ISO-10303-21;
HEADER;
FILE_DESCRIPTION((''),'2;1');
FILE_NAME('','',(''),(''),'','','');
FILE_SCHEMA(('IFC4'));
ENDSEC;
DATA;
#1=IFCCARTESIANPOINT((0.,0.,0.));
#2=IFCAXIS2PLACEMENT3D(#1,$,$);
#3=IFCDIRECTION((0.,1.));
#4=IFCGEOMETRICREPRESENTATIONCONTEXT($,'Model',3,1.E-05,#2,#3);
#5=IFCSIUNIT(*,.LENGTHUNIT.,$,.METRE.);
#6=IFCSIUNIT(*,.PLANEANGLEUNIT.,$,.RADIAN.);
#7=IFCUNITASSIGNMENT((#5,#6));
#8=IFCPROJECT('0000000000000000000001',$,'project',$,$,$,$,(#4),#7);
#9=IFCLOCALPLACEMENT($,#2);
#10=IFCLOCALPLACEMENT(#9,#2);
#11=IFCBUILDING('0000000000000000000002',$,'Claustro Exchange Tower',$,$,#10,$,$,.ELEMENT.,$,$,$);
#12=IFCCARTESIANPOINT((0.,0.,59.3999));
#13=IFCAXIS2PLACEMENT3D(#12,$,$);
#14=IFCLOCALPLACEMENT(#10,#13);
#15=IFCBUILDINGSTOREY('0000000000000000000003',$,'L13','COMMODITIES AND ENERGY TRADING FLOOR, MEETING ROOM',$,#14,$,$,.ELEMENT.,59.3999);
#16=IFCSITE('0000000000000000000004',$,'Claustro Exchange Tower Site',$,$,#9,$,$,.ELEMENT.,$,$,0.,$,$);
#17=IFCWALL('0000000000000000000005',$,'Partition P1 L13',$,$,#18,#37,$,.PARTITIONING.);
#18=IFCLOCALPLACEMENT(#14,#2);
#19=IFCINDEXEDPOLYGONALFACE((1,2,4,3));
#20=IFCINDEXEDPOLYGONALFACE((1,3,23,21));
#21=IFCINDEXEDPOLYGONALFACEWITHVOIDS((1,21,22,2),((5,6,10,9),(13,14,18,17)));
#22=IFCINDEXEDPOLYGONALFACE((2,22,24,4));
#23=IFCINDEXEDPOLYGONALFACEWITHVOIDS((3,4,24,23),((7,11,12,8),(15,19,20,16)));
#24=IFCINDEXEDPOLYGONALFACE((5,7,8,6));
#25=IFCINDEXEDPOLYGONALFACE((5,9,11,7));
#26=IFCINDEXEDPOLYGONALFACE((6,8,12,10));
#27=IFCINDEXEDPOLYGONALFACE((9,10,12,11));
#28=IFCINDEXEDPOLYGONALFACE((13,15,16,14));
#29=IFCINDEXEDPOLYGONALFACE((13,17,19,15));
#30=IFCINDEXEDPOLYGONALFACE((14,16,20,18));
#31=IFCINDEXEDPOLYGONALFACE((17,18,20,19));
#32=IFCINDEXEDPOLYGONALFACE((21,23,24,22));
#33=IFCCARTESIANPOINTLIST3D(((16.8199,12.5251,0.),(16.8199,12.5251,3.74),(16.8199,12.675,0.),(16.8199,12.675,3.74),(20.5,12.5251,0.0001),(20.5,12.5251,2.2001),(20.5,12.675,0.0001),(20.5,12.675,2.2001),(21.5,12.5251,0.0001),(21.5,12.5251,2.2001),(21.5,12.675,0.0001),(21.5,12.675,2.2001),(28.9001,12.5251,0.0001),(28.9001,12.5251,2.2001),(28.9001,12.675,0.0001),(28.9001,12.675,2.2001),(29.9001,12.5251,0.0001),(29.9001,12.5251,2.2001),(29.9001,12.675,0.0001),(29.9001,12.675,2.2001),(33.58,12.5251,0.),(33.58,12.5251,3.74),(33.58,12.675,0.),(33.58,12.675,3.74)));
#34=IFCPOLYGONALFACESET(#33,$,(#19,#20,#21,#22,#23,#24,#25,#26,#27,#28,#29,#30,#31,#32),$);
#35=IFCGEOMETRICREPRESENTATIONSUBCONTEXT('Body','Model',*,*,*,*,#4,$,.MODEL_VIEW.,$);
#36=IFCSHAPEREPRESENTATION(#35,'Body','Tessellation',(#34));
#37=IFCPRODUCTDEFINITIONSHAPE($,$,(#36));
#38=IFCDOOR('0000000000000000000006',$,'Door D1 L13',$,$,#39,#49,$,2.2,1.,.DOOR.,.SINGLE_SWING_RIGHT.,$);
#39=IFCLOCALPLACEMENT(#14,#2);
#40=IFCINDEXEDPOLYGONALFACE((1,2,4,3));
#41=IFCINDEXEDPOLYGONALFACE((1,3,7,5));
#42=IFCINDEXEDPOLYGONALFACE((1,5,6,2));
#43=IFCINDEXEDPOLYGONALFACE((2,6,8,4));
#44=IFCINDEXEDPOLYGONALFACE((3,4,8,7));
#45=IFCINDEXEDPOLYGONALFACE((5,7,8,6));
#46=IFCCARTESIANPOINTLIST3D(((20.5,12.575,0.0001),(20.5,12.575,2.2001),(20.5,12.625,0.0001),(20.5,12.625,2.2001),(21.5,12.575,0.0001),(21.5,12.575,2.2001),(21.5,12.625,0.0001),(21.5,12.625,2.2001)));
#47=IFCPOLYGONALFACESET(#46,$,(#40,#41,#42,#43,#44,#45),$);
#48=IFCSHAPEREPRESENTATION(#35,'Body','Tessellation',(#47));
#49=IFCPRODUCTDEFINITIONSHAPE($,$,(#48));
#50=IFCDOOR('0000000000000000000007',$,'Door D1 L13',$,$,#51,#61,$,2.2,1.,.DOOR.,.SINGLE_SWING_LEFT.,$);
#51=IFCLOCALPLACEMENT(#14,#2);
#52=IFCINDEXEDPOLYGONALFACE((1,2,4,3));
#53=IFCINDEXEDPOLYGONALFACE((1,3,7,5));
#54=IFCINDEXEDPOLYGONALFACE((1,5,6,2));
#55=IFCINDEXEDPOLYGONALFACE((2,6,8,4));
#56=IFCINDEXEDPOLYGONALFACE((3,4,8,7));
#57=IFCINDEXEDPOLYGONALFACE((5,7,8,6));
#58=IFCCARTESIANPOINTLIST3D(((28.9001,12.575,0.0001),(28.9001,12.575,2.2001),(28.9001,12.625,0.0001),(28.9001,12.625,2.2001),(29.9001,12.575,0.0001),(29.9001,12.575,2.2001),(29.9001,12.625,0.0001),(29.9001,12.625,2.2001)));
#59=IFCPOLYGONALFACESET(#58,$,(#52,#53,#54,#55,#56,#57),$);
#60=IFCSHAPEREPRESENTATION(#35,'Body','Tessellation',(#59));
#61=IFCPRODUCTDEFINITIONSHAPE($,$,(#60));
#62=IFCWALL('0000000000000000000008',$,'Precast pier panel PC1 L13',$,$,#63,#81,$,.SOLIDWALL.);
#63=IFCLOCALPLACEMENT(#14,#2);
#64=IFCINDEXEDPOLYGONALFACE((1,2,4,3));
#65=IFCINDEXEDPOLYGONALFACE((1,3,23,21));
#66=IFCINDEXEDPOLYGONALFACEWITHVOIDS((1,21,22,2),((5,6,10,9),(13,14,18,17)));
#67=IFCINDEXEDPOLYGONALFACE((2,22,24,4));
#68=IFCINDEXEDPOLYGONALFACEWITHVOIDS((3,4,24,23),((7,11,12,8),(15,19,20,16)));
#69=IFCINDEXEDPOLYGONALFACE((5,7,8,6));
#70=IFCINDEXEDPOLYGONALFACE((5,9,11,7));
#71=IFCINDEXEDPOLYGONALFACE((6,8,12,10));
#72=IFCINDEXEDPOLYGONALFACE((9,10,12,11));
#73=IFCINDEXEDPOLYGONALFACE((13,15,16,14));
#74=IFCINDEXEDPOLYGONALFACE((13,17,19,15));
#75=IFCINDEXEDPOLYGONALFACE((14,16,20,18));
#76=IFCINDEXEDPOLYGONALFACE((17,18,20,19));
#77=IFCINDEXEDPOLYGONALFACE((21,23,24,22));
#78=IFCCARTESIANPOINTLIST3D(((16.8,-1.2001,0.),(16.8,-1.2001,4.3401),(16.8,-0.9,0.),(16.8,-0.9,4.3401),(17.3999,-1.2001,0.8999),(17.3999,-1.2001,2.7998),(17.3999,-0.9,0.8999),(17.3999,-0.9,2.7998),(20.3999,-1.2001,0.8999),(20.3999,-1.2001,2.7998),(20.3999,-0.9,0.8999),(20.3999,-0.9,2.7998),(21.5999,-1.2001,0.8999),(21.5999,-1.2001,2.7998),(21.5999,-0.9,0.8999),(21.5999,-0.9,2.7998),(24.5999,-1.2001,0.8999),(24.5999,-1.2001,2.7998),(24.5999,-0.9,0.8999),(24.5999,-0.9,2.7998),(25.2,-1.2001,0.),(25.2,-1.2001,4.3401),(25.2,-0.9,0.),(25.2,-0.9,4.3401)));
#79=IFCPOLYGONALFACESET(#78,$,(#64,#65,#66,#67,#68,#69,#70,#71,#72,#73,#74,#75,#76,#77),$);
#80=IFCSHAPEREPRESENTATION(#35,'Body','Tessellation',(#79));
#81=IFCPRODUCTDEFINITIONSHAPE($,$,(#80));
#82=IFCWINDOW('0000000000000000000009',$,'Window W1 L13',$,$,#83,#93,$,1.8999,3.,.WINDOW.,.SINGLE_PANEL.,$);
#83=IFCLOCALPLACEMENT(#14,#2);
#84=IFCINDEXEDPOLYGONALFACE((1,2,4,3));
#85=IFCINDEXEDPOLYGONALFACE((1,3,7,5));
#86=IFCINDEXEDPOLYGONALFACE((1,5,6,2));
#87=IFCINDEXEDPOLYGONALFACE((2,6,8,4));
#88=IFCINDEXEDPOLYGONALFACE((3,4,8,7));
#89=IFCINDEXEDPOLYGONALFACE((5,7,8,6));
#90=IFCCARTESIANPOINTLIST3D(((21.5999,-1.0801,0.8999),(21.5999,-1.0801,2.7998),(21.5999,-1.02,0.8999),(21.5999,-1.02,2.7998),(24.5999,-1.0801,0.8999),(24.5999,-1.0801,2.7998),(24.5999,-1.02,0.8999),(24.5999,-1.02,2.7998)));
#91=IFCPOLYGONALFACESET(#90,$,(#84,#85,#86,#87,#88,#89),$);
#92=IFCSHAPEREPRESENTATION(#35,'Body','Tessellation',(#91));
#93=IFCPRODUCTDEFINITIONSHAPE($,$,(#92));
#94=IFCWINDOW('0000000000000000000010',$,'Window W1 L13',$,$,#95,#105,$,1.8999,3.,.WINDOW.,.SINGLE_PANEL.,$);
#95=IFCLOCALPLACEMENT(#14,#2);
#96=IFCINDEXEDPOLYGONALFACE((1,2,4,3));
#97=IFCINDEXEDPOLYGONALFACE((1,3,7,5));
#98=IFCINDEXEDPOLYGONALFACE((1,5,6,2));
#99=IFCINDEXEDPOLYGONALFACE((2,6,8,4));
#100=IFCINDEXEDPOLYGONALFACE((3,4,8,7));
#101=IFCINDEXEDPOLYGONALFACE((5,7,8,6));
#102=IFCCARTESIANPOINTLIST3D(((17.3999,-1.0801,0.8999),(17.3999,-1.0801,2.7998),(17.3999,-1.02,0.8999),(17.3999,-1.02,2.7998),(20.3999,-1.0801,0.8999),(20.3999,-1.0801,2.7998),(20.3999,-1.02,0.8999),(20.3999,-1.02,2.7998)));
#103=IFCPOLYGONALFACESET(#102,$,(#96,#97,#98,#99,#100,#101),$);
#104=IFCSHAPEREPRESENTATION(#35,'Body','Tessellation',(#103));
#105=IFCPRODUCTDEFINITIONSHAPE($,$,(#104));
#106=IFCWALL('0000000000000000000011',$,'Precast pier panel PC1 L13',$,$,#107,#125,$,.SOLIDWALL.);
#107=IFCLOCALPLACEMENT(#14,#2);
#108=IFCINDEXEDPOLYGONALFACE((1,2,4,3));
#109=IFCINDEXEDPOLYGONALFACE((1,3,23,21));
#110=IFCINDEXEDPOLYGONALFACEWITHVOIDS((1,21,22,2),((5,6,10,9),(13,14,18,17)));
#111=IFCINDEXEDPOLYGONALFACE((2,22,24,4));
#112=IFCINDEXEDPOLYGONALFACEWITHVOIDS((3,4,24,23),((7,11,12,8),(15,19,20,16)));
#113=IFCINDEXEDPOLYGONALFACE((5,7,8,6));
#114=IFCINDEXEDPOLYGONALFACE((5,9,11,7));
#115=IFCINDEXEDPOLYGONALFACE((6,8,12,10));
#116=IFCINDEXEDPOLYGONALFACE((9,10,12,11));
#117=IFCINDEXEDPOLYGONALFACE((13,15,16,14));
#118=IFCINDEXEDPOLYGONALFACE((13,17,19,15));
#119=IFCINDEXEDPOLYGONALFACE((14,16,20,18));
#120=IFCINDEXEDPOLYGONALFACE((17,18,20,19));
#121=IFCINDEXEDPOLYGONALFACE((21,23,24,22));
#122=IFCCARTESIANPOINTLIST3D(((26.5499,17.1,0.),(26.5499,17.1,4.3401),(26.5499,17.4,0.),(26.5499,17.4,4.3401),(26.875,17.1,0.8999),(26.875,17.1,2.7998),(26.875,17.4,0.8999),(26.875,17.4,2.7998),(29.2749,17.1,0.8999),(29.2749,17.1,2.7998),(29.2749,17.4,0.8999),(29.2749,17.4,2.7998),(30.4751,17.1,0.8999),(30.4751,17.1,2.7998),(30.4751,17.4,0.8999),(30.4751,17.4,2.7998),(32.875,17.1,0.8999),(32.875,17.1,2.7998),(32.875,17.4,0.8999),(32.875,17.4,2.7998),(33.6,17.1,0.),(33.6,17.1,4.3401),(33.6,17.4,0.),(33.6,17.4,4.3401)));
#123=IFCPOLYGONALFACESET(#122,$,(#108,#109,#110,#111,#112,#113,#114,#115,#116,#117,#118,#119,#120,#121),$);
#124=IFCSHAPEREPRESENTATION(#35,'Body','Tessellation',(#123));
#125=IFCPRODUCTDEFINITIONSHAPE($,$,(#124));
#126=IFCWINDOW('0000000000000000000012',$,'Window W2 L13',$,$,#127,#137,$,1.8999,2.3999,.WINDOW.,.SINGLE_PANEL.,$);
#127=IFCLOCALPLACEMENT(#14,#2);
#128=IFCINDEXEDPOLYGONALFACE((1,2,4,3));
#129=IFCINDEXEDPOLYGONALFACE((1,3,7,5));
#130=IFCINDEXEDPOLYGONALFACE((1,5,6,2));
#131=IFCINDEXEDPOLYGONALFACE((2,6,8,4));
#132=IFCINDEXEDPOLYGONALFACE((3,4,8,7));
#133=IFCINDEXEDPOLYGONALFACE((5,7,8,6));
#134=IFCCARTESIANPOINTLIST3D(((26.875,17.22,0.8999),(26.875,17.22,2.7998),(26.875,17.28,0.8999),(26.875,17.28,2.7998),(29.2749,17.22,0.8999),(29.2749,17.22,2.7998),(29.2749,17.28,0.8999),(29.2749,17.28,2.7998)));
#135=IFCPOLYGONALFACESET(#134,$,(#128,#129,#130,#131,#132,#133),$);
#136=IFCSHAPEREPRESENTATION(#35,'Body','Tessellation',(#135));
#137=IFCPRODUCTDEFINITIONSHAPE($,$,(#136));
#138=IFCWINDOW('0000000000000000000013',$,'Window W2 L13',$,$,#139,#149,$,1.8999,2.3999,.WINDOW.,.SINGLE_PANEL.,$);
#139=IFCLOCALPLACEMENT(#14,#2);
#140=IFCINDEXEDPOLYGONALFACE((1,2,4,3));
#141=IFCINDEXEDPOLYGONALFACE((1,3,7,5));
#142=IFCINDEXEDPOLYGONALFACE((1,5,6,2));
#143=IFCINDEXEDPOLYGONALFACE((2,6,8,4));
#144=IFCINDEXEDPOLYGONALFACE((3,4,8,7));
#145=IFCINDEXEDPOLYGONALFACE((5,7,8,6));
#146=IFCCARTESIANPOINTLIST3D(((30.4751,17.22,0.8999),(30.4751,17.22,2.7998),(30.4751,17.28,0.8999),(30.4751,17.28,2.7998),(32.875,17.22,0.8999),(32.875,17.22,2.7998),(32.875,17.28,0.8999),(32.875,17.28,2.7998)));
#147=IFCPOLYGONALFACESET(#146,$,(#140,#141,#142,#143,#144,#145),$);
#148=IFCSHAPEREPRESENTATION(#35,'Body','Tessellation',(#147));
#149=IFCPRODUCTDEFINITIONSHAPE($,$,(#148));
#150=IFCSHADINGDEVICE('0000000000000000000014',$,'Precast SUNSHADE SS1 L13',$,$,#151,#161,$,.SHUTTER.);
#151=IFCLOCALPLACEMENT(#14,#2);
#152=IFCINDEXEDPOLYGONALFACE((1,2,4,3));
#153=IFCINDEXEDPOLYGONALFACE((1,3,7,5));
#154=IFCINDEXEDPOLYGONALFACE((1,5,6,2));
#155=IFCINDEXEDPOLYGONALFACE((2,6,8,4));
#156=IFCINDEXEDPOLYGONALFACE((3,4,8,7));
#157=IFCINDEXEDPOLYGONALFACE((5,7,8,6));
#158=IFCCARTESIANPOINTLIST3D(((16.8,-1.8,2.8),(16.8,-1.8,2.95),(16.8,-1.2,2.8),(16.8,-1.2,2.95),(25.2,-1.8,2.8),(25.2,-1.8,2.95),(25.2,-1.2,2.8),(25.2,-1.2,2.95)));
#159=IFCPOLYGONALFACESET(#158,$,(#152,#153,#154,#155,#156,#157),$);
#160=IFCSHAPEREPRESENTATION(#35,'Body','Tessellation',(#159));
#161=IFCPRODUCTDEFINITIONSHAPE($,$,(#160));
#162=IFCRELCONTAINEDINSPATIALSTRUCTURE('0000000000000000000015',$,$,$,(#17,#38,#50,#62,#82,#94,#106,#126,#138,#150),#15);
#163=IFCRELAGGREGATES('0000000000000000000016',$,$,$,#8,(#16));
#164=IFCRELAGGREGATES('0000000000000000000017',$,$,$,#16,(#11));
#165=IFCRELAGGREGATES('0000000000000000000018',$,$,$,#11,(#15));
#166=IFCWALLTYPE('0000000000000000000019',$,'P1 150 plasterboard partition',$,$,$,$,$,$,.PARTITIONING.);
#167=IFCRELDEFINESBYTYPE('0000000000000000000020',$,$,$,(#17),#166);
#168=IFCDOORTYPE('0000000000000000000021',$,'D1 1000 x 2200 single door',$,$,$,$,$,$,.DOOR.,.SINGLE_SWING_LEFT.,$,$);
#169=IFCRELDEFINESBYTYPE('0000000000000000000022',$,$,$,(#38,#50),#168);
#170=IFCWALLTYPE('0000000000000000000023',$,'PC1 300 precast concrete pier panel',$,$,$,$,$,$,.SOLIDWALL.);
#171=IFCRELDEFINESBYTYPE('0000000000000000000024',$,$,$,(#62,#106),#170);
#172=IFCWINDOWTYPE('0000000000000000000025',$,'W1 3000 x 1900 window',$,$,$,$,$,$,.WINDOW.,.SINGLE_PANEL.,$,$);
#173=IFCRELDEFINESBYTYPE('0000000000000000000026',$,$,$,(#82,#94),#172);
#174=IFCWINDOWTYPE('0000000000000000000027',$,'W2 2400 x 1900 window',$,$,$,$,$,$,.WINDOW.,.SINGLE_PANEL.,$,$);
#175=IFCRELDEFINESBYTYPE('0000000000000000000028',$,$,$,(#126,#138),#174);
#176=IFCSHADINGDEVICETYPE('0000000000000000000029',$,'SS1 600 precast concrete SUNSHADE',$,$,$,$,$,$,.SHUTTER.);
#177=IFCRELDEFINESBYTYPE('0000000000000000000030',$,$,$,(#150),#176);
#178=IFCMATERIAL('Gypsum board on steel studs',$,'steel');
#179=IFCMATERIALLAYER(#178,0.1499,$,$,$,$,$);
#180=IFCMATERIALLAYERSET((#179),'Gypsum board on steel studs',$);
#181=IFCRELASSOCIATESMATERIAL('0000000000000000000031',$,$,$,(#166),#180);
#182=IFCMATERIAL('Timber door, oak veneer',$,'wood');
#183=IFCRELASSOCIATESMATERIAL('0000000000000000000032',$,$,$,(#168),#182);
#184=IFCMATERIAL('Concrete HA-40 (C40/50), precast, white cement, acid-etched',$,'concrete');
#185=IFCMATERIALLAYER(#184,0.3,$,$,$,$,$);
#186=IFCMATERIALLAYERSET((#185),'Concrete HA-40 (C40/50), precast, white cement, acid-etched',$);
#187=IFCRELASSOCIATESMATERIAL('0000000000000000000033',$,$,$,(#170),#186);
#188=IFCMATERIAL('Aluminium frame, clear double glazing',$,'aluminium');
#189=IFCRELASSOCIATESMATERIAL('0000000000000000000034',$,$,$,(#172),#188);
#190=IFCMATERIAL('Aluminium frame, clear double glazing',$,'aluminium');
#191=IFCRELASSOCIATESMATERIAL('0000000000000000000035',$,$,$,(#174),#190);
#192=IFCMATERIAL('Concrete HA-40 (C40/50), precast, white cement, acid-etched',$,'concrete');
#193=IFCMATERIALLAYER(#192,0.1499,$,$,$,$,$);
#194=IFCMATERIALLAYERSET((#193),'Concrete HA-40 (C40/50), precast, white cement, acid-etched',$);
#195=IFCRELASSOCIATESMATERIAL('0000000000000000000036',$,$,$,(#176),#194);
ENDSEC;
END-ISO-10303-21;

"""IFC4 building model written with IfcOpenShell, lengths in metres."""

from ifc_helpers import new_model, si_unit, direction, frame, frame_2d, origin, origin_2d, place, context, subcontext, project, spatial, rectangle, extrude, material, layer, layer_set, type_object, element, fill, save


model = new_model("IFC4")

# Units and contexts
model_context = context("Model", 3, precision=1e-05, world=origin(), true_north=direction((0.0, 1.0)))
body_context = subcontext(model_context, "Body", "Model", "MODEL_VIEW")
ifc_project = project(units=[si_unit("LENGTHUNIT", "METRE"), si_unit("PLANEANGLEUNIT", "RADIAN")], contexts=[model_context])

# Site, building, storey
site_placement = place(None, origin())
site = spatial("IfcSite", under=ifc_project, at=site_placement, Name="Claustro Exchange Tower Site", CompositionType="ELEMENT", RefElevation=0.0)
building_placement = place(site_placement, origin())
building = spatial("IfcBuilding", under=site, at=building_placement, Name="Claustro Exchange Tower", CompositionType="ELEMENT")
storey_placement = place(building_placement, frame((0.0, 0.0, 59.3999)))
storey = spatial("IfcBuildingStorey", under=building, at=storey_placement, Name="L13", Description="COMMODITIES AND ENERGY TRADING FLOOR, MEETING ROOM", CompositionType="ELEMENT", Elevation=59.3999)

# Shared definitions
ifc_material_1 = material(Name="Gypsum board on steel studs", Category="steel")
ifc_layer_1 = layer(ifc_material_1, 0.1499)
ifc_layer_set_1 = layer_set([ifc_layer_1], Name="Gypsum board on steel studs")
wall_type_1 = type_object("IfcWallType", Name="P1 150 plasterboard partition", PredefinedType="PARTITIONING", material=ifc_layer_set_1)

# Wall, openings, doors
wall_1_placement = place(storey_placement, frame((16.8201, 12.6001, 0.0), z_axis=(0.0, 0.0, 1.0), x_axis=(1.0, 0.0, 0.0)))
wall_1 = element("IfcWall", 1, at=wall_1_placement, inside=storey, type_object=wall_type_1, Name="Partition P1 L13", PredefinedType="PARTITIONING", context=body_context, shape_type="SweptSolid", body=[
    extrude(rectangle(XDim=16.76, YDim=0.1499, at=frame_2d((8.3799, 0.0))), origin(), (0.0, 0.0, 1.0), 3.74),
])
opening_1_placement = place(wall_1_placement, frame((3.6799, 0.0, 0.0)))
opening_1 = element("IfcOpeningElement", 2, at=opening_1_placement, cuts=wall_1, PredefinedType="OPENING", context=body_context, shape_type="SweptSolid", body=[
    extrude(rectangle(XDim=1.0, YDim=2.2, at=frame_2d((0.5, 1.1001))), frame((0.0, 0.085, 0.0), z_axis=(0.0, -1.0, 0.0), x_axis=(1.0, 0.0, 0.0)), (0.0, 0.0, 1.0), 0.1699),
])
opening_2_placement = place(wall_1_placement, frame((12.0801, 0.0, 0.0)))
opening_2 = element("IfcOpeningElement", 3, at=opening_2_placement, cuts=wall_1, PredefinedType="OPENING", context=body_context, shape_type="SweptSolid", body=[
    extrude(rectangle(XDim=1.0, YDim=2.2, at=frame_2d((0.5, 1.1001))), frame((0.0, 0.085, 0.0), z_axis=(0.0, -1.0, 0.0), x_axis=(1.0, 0.0, 0.0)), (0.0, 0.0, 1.0), 0.1699),
])
ifc_material_2 = material(Name="Timber door, oak veneer", Category="wood")
door_type = type_object("IfcDoorType", Name="D1 1000 x 2200 single door", OperationType="SINGLE_SWING_LEFT", PredefinedType="DOOR", material=ifc_material_2)
door_1_placement = place(opening_1_placement, origin())
door_1 = element("IfcDoor", 4, at=door_1_placement, inside=storey, type_object=door_type, Name="Door D1 L13", OperationType="SINGLE_SWING_RIGHT", OverallHeight=2.2, OverallWidth=1.0, PredefinedType="DOOR", context=body_context, shape_type="SweptSolid", body=[
    extrude(rectangle(XDim=1.0, YDim=2.2, at=frame_2d((0.5, 1.1001))), frame((0.0, 0.0249, 0.0), z_axis=(0.0, -1.0, 0.0), x_axis=(1.0, 0.0, 0.0)), (0.0, 0.0, 1.0), 0.05),
])
fill(opening_1, door_1)
door_2_placement = place(opening_2_placement, origin())
door_2 = element("IfcDoor", 5, at=door_2_placement, inside=storey, type_object=door_type, Name="Door D1 L13", OperationType="SINGLE_SWING_LEFT", OverallHeight=2.2, OverallWidth=1.0, PredefinedType="DOOR", context=body_context, shape_type="SweptSolid", body=[
    extrude(rectangle(XDim=1.0, YDim=2.2, at=frame_2d((0.5, 1.1001))), frame((0.0, 0.0249, 0.0), z_axis=(0.0, -1.0, 0.0), x_axis=(1.0, 0.0, 0.0)), (0.0, 0.0, 1.0), 0.05),
])
fill(opening_2, door_2)

# Walls, openings, windows
ifc_material_3 = material(Name="Concrete HA-40 (C40/50), precast, white cement, acid-etched", Category="concrete")
ifc_layer_2 = layer(ifc_material_3, 0.3)
ifc_layer_set_2 = layer_set([ifc_layer_2], Name="Concrete HA-40 (C40/50), precast, white cement, acid-etched")
wall_type_2 = type_object("IfcWallType", Name="PC1 300 precast concrete pier panel", PredefinedType="SOLIDWALL", material=ifc_layer_set_2)
wall_2_placement = place(storey_placement, frame((25.2, -1.05, 0.0), z_axis=(0.0, 0.0, 1.0), x_axis=(-1.0, 0.0, 0.0)))
wall_2 = element("IfcWall", 6, at=wall_2_placement, inside=storey, type_object=wall_type_2, Name="Precast pier panel PC1 L13", PredefinedType="SOLIDWALL", context=body_context, shape_type="SweptSolid", body=[
    extrude(rectangle(XDim=8.3999, YDim=0.3, at=frame_2d((4.2, 0.0))), origin(), (0.0, 0.0, 1.0), 4.3401),
])
opening_3_placement = place(wall_2_placement, frame((0.6001, 0.0, 0.8999)))
opening_3 = element("IfcOpeningElement", 7, at=opening_3_placement, cuts=wall_2, PredefinedType="OPENING", context=body_context, shape_type="SweptSolid", body=[
    extrude(rectangle(XDim=3.0, YDim=1.8999, at=frame_2d((1.5, 0.95))), frame((0.0, 0.1599, 0.0), z_axis=(0.0, -1.0, 0.0), x_axis=(1.0, 0.0, 0.0)), (0.0, 0.0, 1.0), 0.3201),
])
opening_4_placement = place(wall_2_placement, frame((4.8, 0.0, 0.8999)))
opening_4 = element("IfcOpeningElement", 8, at=opening_4_placement, cuts=wall_2, PredefinedType="OPENING", context=body_context, shape_type="SweptSolid", body=[
    extrude(rectangle(XDim=3.0, YDim=1.8999, at=frame_2d((1.5, 0.95))), frame((0.0, 0.1599, 0.0), z_axis=(0.0, -1.0, 0.0), x_axis=(1.0, 0.0, 0.0)), (0.0, 0.0, 1.0), 0.3201),
])
ifc_material_4 = material(Name="Aluminium frame, clear double glazing", Category="aluminium")
window_type_1 = type_object("IfcWindowType", Name="W1 3000 x 1900 window", PartitioningType="SINGLE_PANEL", PredefinedType="WINDOW", material=ifc_material_4)
window_1_placement = place(opening_3_placement, origin())
window_1 = element("IfcWindow", 9, at=window_1_placement, inside=storey, type_object=window_type_1, Name="Window W1 L13", OverallHeight=1.8999, OverallWidth=3.0, PartitioningType="SINGLE_PANEL", PredefinedType="WINDOW", context=body_context, shape_type="SweptSolid", body=[
    extrude(rectangle(XDim=3.0, YDim=1.8999, at=frame_2d((1.5, 0.95))), frame((0.0, 0.03, 0.0), z_axis=(0.0, -1.0, 0.0), x_axis=(1.0, 0.0, 0.0)), (0.0, 0.0, 1.0), 0.0601),
])
fill(opening_3, window_1)
window_2_placement = place(opening_4_placement, origin())
window_2 = element("IfcWindow", 10, at=window_2_placement, inside=storey, type_object=window_type_1, Name="Window W1 L13", OverallHeight=1.8999, OverallWidth=3.0, PartitioningType="SINGLE_PANEL", PredefinedType="WINDOW", context=body_context, shape_type="SweptSolid", body=[
    extrude(rectangle(XDim=3.0, YDim=1.8999, at=frame_2d((1.5, 0.95))), frame((0.0, 0.03, 0.0), z_axis=(0.0, -1.0, 0.0), x_axis=(1.0, 0.0, 0.0)), (0.0, 0.0, 1.0), 0.0601),
])
fill(opening_4, window_2)
wall_3_placement = place(storey_placement, frame((26.55, 17.25, 0.0), z_axis=(0.0, 0.0, 1.0), x_axis=(1.0, 0.0, 0.0)))
wall_3 = element("IfcWall", 11, at=wall_3_placement, inside=storey, type_object=wall_type_2, Name="Precast pier panel PC1 L13", PredefinedType="SOLIDWALL", context=body_context, shape_type="SweptSolid", body=[
    extrude(rectangle(XDim=7.05, YDim=0.3, at=frame_2d((3.5249, 0.0))), origin(), (0.0, 0.0, 1.0), 4.3401),
])
opening_5_placement = place(wall_3_placement, frame((0.325, 0.0, 0.8999)))
opening_5 = element("IfcOpeningElement", 12, at=opening_5_placement, cuts=wall_3, PredefinedType="OPENING", context=body_context, shape_type="SweptSolid", body=[
    extrude(rectangle(XDim=2.3999, YDim=1.8999, at=frame_2d((1.2, 0.95))), frame((0.0, 0.1599, 0.0), z_axis=(0.0, -1.0, 0.0), x_axis=(1.0, 0.0, 0.0)), (0.0, 0.0, 1.0), 0.3201),
])
opening_6_placement = place(wall_3_placement, frame((3.925, 0.0, 0.8999)))
opening_6 = element("IfcOpeningElement", 13, at=opening_6_placement, cuts=wall_3, PredefinedType="OPENING", context=body_context, shape_type="SweptSolid", body=[
    extrude(rectangle(XDim=2.3999, YDim=1.8999, at=frame_2d((1.2, 0.95))), frame((0.0, 0.1599, 0.0), z_axis=(0.0, -1.0, 0.0), x_axis=(1.0, 0.0, 0.0)), (0.0, 0.0, 1.0), 0.3201),
])
ifc_material_5 = material(Name="Aluminium frame, clear double glazing", Category="aluminium")
window_type_2 = type_object("IfcWindowType", Name="W2 2400 x 1900 window", PartitioningType="SINGLE_PANEL", PredefinedType="WINDOW", material=ifc_material_5)
window_3_placement = place(opening_5_placement, origin())
window_3 = element("IfcWindow", 14, at=window_3_placement, inside=storey, type_object=window_type_2, Name="Window W2 L13", OverallHeight=1.8999, OverallWidth=2.3999, PartitioningType="SINGLE_PANEL", PredefinedType="WINDOW", context=body_context, shape_type="SweptSolid", body=[
    extrude(rectangle(XDim=2.3999, YDim=1.8999, at=frame_2d((1.2, 0.95))), frame((0.0, 0.03, 0.0), z_axis=(0.0, -1.0, 0.0), x_axis=(1.0, 0.0, 0.0)), (0.0, 0.0, 1.0), 0.0601),
])
fill(opening_5, window_3)
window_4_placement = place(opening_6_placement, origin())
window_4 = element("IfcWindow", 15, at=window_4_placement, inside=storey, type_object=window_type_2, Name="Window W2 L13", OverallHeight=1.8999, OverallWidth=2.3999, PartitioningType="SINGLE_PANEL", PredefinedType="WINDOW", context=body_context, shape_type="SweptSolid", body=[
    extrude(rectangle(XDim=2.3999, YDim=1.8999, at=frame_2d((1.2, 0.95))), frame((0.0, 0.03, 0.0), z_axis=(0.0, -1.0, 0.0), x_axis=(1.0, 0.0, 0.0)), (0.0, 0.0, 1.0), 0.0601),
])
fill(opening_6, window_4)

# Shading device
ifc_material_6 = material(Name="Concrete HA-40 (C40/50), precast, white cement, acid-etched", Category="concrete")
ifc_layer_3 = layer(ifc_material_6, 0.1499)
ifc_layer_set_3 = layer_set([ifc_layer_3], Name="Concrete HA-40 (C40/50), precast, white cement, acid-etched")
shading_device_type = type_object("IfcShadingDeviceType", Name="SS1 600 precast concrete SUNSHADE", PredefinedType="SHUTTER", material=ifc_layer_set_3)
shading_device_placement = place(storey_placement, frame((21.0, -1.5, 2.8), z_axis=(0.0, 0.0, 1.0), x_axis=(-1.0, 0.0, 0.0)))
element("IfcShadingDevice", 16, at=shading_device_placement, inside=storey, type_object=shading_device_type, Name="Precast SUNSHADE SS1 L13", PredefinedType="SHUTTER", context=body_context, shape_type="SweptSolid", body=[
    extrude(rectangle(XDim=8.3999, YDim=0.6001, at=origin_2d()), origin(), (0.0, 0.0, 1.0), 0.1499),
])

save(model, "model.ifc")
